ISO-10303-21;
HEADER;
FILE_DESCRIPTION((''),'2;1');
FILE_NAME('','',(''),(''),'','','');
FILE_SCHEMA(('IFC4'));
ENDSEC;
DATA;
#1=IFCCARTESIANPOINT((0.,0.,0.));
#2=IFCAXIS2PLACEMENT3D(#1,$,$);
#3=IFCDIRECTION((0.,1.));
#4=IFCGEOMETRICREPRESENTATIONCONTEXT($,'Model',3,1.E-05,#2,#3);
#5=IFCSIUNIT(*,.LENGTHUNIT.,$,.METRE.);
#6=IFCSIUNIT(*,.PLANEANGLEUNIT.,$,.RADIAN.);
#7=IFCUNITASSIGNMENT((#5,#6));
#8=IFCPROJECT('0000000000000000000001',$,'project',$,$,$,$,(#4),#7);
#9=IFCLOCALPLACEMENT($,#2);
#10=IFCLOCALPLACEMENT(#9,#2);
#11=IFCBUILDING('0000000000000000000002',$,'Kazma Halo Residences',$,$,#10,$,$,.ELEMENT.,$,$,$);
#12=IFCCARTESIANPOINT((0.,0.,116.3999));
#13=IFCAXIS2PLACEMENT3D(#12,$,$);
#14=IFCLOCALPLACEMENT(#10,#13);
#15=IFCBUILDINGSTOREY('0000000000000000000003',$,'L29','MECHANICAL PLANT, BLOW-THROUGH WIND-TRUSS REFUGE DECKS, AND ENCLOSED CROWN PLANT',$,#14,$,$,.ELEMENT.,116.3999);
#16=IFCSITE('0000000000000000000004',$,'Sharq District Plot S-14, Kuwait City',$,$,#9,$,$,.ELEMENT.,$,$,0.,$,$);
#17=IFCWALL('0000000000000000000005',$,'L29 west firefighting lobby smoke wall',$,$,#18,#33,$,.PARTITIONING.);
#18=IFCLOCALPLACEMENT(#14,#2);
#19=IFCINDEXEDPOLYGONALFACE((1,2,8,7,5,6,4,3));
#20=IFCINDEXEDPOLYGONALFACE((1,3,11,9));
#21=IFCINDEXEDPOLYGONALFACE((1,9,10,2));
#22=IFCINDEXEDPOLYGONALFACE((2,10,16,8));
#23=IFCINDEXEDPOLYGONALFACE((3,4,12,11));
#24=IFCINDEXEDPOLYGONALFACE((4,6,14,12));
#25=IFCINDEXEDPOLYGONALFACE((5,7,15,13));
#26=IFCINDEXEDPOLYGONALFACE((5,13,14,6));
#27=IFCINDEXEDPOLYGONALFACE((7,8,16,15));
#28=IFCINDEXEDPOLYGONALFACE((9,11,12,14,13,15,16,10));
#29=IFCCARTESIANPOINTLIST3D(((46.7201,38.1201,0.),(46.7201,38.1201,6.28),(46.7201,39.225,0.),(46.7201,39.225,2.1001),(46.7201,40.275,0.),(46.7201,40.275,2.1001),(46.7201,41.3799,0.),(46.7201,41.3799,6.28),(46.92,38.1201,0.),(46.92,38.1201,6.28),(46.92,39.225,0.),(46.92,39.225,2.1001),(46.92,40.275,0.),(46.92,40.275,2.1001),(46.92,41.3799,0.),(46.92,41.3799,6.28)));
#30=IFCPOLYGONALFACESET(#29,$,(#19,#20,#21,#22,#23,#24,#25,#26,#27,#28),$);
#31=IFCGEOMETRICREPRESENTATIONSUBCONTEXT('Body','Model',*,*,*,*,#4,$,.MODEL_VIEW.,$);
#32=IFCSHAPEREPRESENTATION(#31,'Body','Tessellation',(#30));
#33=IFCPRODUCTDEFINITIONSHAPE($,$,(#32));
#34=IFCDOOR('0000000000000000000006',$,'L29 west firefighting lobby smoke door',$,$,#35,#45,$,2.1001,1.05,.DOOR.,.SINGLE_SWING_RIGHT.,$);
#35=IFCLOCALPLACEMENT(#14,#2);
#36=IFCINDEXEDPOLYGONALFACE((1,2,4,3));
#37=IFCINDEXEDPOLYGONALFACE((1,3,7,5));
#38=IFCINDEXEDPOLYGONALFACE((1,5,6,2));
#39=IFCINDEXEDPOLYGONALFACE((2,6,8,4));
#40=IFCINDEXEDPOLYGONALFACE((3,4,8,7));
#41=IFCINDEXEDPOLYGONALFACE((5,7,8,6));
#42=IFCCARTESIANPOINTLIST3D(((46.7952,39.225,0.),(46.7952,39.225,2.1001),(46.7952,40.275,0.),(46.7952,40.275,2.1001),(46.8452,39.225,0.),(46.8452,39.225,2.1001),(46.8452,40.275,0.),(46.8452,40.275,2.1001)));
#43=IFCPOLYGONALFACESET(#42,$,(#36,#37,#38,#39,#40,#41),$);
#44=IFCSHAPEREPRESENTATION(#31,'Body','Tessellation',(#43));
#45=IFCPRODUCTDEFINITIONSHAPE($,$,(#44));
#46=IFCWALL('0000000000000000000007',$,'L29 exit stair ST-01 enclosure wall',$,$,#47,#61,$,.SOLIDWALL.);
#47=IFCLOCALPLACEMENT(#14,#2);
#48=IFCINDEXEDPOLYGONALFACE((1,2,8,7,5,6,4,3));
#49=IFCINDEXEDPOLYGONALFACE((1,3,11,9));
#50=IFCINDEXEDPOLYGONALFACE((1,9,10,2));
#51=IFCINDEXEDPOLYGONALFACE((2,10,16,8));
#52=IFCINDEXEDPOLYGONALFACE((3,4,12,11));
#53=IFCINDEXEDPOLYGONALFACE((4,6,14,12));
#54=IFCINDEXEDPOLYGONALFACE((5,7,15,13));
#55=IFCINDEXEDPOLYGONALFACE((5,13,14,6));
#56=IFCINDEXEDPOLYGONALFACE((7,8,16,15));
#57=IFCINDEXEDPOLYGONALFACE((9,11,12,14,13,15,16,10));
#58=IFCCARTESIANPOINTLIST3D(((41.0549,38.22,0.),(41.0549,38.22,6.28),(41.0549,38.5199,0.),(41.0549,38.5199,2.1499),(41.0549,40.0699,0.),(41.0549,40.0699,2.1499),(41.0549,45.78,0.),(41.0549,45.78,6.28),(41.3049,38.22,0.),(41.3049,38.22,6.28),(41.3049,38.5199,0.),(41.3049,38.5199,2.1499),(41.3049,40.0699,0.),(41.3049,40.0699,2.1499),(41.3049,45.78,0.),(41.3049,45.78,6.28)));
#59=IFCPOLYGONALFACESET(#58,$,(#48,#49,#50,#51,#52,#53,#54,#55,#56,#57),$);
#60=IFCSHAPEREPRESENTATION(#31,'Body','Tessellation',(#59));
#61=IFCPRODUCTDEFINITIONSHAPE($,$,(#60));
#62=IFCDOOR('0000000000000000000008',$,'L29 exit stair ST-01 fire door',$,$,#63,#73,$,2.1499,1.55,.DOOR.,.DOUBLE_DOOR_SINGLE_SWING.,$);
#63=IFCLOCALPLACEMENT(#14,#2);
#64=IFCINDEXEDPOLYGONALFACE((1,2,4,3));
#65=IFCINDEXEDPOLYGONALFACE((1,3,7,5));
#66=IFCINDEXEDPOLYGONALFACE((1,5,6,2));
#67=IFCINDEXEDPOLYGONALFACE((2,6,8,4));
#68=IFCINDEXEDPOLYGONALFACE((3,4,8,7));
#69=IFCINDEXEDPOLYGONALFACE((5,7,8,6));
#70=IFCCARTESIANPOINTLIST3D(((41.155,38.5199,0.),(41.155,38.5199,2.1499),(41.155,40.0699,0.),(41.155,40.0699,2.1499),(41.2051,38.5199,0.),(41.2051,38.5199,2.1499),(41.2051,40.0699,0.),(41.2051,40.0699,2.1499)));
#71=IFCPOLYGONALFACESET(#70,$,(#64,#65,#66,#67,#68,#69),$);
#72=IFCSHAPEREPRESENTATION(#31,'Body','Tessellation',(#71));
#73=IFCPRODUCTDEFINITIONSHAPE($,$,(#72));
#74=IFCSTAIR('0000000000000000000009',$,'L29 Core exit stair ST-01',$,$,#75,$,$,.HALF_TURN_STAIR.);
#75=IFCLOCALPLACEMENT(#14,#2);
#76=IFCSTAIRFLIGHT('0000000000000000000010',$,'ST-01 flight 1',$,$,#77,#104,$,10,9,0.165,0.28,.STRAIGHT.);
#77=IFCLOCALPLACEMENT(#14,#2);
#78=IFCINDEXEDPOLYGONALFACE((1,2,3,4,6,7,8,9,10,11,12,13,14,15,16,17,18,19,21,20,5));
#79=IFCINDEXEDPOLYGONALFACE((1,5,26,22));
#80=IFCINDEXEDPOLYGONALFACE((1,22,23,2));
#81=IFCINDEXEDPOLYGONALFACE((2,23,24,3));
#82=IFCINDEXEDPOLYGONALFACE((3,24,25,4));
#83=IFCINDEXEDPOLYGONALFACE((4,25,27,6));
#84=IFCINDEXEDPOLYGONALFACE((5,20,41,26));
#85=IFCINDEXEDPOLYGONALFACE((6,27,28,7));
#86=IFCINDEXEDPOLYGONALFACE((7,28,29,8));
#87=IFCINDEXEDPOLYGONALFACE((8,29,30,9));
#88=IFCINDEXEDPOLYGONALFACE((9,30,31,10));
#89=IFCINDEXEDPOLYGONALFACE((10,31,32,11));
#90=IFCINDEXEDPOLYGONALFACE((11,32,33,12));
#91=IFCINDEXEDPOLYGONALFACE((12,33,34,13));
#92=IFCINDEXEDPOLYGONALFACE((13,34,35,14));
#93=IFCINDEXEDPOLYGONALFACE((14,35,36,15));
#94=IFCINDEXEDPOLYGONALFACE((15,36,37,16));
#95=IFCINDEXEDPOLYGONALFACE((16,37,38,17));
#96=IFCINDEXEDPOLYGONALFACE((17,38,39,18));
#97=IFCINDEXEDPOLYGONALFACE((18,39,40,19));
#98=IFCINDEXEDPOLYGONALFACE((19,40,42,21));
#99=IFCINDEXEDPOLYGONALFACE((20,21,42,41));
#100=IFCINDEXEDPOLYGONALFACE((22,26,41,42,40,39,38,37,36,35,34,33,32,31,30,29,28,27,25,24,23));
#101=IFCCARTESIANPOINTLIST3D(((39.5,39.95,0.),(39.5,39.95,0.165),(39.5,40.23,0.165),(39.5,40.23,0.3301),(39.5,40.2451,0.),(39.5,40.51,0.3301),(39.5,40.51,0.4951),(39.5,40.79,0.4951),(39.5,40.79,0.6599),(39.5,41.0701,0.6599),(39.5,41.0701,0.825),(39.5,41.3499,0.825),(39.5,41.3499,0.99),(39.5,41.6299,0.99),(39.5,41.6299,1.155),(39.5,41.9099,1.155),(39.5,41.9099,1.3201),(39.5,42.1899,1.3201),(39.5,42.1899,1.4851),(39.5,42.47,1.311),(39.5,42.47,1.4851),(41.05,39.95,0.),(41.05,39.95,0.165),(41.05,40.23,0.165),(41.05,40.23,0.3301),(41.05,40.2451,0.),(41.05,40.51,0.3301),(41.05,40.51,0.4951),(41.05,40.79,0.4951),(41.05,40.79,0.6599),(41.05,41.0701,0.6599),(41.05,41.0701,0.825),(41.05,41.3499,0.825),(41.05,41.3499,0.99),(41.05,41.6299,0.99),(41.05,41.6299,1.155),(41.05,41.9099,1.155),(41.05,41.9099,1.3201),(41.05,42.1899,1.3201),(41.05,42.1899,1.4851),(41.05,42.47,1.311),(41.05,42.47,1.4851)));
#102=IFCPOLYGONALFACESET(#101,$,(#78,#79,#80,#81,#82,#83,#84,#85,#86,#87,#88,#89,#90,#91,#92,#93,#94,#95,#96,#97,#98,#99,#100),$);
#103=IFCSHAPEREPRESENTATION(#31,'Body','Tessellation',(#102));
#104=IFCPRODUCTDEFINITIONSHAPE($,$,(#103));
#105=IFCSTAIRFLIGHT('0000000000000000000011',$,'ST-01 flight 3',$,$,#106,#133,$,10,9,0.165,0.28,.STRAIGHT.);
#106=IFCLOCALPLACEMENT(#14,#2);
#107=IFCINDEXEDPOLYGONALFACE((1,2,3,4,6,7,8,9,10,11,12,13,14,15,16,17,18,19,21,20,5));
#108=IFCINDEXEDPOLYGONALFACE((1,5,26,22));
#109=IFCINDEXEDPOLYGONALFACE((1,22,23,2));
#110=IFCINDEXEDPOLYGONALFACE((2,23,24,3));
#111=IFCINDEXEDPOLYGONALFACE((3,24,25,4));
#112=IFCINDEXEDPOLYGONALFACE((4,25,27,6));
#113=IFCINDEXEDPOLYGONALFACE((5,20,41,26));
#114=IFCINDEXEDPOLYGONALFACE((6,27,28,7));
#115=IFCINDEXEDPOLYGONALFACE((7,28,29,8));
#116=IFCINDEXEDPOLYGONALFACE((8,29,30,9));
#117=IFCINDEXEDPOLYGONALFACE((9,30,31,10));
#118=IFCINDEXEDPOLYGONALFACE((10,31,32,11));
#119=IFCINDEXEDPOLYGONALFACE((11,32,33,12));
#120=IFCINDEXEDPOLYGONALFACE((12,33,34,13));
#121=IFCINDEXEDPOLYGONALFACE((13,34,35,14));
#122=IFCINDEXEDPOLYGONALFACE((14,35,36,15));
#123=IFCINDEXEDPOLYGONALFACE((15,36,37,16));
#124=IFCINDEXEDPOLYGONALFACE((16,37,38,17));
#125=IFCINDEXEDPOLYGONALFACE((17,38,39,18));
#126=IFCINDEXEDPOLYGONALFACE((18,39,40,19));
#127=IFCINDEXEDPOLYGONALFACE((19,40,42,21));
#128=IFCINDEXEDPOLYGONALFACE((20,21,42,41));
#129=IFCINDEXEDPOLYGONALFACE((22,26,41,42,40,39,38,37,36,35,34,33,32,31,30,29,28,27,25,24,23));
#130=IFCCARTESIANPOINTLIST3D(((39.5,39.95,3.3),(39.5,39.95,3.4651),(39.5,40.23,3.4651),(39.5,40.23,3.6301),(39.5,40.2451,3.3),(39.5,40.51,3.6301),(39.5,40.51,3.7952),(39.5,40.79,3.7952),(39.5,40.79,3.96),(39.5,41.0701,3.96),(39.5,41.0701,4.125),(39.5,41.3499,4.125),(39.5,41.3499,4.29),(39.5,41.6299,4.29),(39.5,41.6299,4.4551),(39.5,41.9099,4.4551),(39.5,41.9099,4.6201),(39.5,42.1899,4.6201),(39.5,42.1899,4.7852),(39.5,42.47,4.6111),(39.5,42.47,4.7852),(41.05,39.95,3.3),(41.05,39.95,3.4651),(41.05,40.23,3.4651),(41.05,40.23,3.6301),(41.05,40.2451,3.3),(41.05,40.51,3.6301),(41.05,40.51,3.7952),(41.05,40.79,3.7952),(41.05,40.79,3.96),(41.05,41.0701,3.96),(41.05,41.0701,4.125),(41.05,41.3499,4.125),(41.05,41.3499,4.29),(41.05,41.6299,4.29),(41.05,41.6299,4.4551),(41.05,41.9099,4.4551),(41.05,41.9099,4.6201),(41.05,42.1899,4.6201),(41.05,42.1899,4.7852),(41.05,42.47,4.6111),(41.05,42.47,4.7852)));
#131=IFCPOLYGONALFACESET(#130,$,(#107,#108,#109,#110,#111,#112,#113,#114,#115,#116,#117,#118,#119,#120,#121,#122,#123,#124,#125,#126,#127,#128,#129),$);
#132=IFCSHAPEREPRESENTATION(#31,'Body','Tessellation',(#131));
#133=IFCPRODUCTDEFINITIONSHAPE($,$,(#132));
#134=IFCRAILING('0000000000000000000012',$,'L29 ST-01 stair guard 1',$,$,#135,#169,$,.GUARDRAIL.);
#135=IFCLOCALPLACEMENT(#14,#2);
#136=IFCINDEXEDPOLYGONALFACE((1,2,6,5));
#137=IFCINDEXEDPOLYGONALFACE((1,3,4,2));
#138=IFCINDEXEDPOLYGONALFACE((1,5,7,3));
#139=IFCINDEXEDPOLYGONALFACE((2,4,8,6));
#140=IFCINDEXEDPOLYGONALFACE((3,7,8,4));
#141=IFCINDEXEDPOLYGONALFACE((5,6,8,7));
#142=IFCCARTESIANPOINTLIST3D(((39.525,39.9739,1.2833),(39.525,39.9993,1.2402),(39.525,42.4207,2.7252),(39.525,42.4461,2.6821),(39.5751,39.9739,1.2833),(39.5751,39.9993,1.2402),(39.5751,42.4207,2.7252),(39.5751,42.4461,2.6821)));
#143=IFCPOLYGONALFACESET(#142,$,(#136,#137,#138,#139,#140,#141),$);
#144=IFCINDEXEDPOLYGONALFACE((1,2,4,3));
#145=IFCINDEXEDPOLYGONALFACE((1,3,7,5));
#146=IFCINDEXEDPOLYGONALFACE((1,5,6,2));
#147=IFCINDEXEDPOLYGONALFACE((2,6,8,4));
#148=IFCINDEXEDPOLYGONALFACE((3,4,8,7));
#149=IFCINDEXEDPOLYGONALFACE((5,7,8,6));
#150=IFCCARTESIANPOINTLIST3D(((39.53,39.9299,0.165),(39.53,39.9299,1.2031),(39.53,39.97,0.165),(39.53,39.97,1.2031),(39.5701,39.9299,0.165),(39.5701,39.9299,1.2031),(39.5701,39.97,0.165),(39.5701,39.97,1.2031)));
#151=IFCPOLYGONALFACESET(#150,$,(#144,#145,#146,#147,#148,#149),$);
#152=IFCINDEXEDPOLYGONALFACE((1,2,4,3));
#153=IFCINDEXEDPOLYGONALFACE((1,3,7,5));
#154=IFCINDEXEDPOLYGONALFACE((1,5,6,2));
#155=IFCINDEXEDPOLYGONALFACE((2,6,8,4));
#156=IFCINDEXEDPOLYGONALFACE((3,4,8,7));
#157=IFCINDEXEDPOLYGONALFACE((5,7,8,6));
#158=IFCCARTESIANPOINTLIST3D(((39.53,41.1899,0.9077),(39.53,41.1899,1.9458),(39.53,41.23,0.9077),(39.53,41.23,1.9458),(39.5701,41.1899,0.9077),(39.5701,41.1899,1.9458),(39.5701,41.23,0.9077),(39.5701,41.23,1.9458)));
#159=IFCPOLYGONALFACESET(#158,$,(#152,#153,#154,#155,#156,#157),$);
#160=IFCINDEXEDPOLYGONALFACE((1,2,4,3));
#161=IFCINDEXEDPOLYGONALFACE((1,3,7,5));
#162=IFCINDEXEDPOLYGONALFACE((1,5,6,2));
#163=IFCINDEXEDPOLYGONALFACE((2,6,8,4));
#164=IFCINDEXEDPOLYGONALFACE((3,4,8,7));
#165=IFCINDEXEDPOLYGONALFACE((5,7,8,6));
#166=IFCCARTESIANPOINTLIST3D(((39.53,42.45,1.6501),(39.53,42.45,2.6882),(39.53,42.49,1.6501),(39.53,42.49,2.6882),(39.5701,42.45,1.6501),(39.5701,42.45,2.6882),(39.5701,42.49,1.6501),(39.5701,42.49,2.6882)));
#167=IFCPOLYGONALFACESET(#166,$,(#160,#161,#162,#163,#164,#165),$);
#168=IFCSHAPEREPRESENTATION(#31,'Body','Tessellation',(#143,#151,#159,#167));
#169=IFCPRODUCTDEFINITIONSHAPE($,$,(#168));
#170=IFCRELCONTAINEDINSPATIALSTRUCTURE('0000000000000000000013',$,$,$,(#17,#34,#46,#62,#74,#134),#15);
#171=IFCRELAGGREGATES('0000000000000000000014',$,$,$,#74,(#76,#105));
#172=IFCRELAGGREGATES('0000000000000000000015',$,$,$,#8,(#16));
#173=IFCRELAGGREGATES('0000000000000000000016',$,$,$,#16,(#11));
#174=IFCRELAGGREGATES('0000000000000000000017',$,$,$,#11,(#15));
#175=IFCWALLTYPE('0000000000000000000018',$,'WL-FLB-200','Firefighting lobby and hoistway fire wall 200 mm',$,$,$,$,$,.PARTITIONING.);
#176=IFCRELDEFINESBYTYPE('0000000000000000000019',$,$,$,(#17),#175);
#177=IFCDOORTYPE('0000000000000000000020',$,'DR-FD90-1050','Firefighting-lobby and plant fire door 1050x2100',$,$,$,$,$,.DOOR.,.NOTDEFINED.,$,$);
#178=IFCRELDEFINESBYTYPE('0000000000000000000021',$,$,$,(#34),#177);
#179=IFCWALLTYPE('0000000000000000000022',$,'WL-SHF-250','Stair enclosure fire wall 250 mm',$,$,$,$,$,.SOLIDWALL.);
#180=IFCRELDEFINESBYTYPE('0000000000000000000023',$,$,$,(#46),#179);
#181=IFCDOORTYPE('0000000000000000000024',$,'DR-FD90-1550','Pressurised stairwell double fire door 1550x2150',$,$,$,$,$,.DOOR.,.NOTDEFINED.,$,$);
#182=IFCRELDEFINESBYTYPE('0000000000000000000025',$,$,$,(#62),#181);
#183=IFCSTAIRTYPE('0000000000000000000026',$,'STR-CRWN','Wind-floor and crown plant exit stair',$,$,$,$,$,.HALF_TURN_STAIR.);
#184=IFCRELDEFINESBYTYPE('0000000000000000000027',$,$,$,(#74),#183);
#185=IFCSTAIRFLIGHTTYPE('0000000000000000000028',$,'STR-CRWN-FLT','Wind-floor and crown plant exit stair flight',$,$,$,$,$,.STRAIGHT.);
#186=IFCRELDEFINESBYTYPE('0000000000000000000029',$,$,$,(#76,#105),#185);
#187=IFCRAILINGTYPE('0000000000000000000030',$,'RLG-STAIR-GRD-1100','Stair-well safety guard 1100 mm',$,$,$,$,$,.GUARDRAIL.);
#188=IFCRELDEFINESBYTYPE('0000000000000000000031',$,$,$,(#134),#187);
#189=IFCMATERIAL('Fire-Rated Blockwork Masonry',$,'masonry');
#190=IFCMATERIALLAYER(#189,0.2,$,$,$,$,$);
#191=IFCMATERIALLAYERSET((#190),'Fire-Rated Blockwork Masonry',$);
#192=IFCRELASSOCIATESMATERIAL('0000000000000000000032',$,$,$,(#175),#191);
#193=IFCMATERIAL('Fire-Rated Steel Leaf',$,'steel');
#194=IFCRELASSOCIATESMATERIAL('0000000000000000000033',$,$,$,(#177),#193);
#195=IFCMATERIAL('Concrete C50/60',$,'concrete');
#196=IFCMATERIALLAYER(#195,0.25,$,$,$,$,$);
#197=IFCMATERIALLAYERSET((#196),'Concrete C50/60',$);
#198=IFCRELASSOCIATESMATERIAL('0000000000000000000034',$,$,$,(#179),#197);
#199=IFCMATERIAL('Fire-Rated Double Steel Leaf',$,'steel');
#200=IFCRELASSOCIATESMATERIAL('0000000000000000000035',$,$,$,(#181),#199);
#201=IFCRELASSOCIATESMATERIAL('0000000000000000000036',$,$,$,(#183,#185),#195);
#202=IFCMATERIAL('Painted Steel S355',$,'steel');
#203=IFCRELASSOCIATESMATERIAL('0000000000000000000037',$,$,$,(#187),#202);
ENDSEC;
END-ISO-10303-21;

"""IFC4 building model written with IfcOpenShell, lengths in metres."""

from ifc_helpers import new_model, si_unit, direction, frame, frame_2d, origin, origin_2d, place, context, subcontext, project, spatial, polyline, rectangle, outline, extrude, material, layer, layer_set, type_object, element, fill, aggregate, save


model = new_model("IFC4")

# Units and contexts
model_context = context("Model", 3, precision=1e-05, world=origin(), true_north=direction((0.0, 1.0)))
body_context = subcontext(model_context, "Body", "Model", "MODEL_VIEW")
ifc_project = project(units=[si_unit("LENGTHUNIT", "METRE"), si_unit("PLANEANGLEUNIT", "RADIAN")], contexts=[model_context])

# Site, building, storey
site_placement = place(None, origin())
site = spatial("IfcSite", under=ifc_project, at=site_placement, Name="Sharq District Plot S-14, Kuwait City", CompositionType="ELEMENT", RefElevation=0.0)
building_placement = place(site_placement, origin())
building = spatial("IfcBuilding", under=site, at=building_placement, Name="Kazma Halo Residences", CompositionType="ELEMENT")
storey_placement = place(building_placement, frame((0.0, 0.0, 116.3999)))
storey = spatial("IfcBuildingStorey", under=building, at=storey_placement, Name="L29", Description="MECHANICAL PLANT, BLOW-THROUGH WIND-TRUSS REFUGE DECKS, AND ENCLOSED CROWN PLANT", CompositionType="ELEMENT", Elevation=116.3999)

# Shared definitions
ifc_material_1 = material(Name="Fire-Rated Blockwork Masonry", Category="masonry")
ifc_layer_1 = layer(ifc_material_1, 0.2)
ifc_layer_set_1 = layer_set([ifc_layer_1], Name="Fire-Rated Blockwork Masonry")
wall_type_1 = type_object("IfcWallType", Name="WL-FLB-200", Description="Firefighting lobby and hoistway fire wall 200 mm", PredefinedType="PARTITIONING", material=ifc_layer_set_1)

# Walls, openings, doors
wall_1_placement = place(storey_placement, frame((46.8201, 38.1201, 0.0), z_axis=(0.0, 0.0, 1.0), x_axis=(0.0, 1.0, 0.0)))
wall_1 = element("IfcWall", 1, at=wall_1_placement, inside=storey, type_object=wall_type_1, Name="L29 west firefighting lobby smoke wall", PredefinedType="PARTITIONING", context=body_context, shape_type="SweptSolid", body=[
    extrude(rectangle(XDim=3.2598, YDim=0.2, at=frame_2d((1.6299, 0.0))), origin(), (0.0, 0.0, 1.0), 6.28),
])
opening_1_placement = place(wall_1_placement, frame((1.105, 0.0, 0.0)))
opening_1 = element("IfcOpeningElement", 2, at=opening_1_placement, cuts=wall_1, PredefinedType="OPENING", context=body_context, shape_type="SweptSolid", body=[
    extrude(rectangle(XDim=1.05, YDim=2.1001, at=frame_2d((0.5249, 1.05))), frame((0.0, 0.1099, 0.0), z_axis=(0.0, -1.0, 0.0), x_axis=(1.0, 0.0, 0.0)), (0.0, 0.0, 1.0), 0.22),
])
ifc_material_2 = material(Name="Fire-Rated Steel Leaf", Category="steel")
door_type_1 = type_object("IfcDoorType", Name="DR-FD90-1050", Description="Firefighting-lobby and plant fire door 1050x2100", OperationType="NOTDEFINED", PredefinedType="DOOR", material=ifc_material_2)
door_1_placement = place(opening_1_placement, origin())
door_1 = element("IfcDoor", 3, at=door_1_placement, inside=storey, type_object=door_type_1, Name="L29 west firefighting lobby smoke door", OperationType="SINGLE_SWING_RIGHT", OverallHeight=2.1001, OverallWidth=1.05, PredefinedType="DOOR", context=body_context, shape_type="SweptSolid", body=[
    extrude(rectangle(XDim=1.05, YDim=2.1001, at=frame_2d((0.5249, 1.05))), frame((0.0, 0.0249, 0.0), z_axis=(0.0, -1.0, 0.0), x_axis=(1.0, 0.0, 0.0)), (0.0, 0.0, 1.0), 0.05),
])
fill(opening_1, door_1)
ifc_material_3 = material(Name="Concrete C50/60", Category="concrete")
ifc_layer_2 = layer(ifc_material_3, 0.25)
ifc_layer_set_2 = layer_set([ifc_layer_2], Name="Concrete C50/60")
wall_type_2 = type_object("IfcWallType", Name="WL-SHF-250", Description="Stair enclosure fire wall 250 mm", PredefinedType="SOLIDWALL", material=ifc_layer_set_2)
wall_2_placement = place(storey_placement, frame((41.1799, 38.22, 0.0), z_axis=(0.0, 0.0, 1.0), x_axis=(0.0, 1.0, 0.0)))
wall_2 = element("IfcWall", 4, at=wall_2_placement, inside=storey, type_object=wall_type_2, Name="L29 exit stair ST-01 enclosure wall", PredefinedType="SOLIDWALL", context=body_context, shape_type="SweptSolid", body=[
    extrude(rectangle(XDim=7.5601, YDim=0.25, at=frame_2d((3.78, 0.0))), origin(), (0.0, 0.0, 1.0), 6.28),
])
opening_2_placement = place(wall_2_placement, frame((0.3, 0.0, 0.0)))
opening_2 = element("IfcOpeningElement", 5, at=opening_2_placement, cuts=wall_2, PredefinedType="OPENING", context=body_context, shape_type="SweptSolid", body=[
    extrude(rectangle(XDim=1.55, YDim=2.1499, at=frame_2d((0.7749, 1.075))), frame((0.0, 0.135, 0.0), z_axis=(0.0, -1.0, 0.0), x_axis=(1.0, 0.0, 0.0)), (0.0, 0.0, 1.0), 0.27),
])
ifc_material_4 = material(Name="Fire-Rated Double Steel Leaf", Category="steel")
door_type_2 = type_object("IfcDoorType", Name="DR-FD90-1550", Description="Pressurised stairwell double fire door 1550x2150", OperationType="NOTDEFINED", PredefinedType="DOOR", material=ifc_material_4)
door_2_placement = place(opening_2_placement, origin())
door_2 = element("IfcDoor", 6, at=door_2_placement, inside=storey, type_object=door_type_2, Name="L29 exit stair ST-01 fire door", OperationType="DOUBLE_DOOR_SINGLE_SWING", OverallHeight=2.1499, OverallWidth=1.55, PredefinedType="DOOR", context=body_context, shape_type="SweptSolid", body=[
    extrude(rectangle(XDim=1.55, YDim=2.1499, at=frame_2d((0.7749, 1.075))), frame((0.0, 0.0249, 0.0), z_axis=(0.0, -1.0, 0.0), x_axis=(1.0, 0.0, 0.0)), (0.0, 0.0, 1.0), 0.05),
])
fill(opening_2, door_2)

# Stair, stair flights
stair_type = type_object("IfcStairType", Name="STR-CRWN", Description="Wind-floor and crown plant exit stair", PredefinedType="HALF_TURN_STAIR", material=ifc_material_3)
stair_placement = place(storey_placement, origin())
stair = element("IfcStair", 7, at=stair_placement, inside=storey, type_object=stair_type, Name="L29 Core exit stair ST-01", PredefinedType="HALF_TURN_STAIR")
stair_flight_type = type_object("IfcStairFlightType", Name="STR-CRWN-FLT", Description="Wind-floor and crown plant exit stair flight", PredefinedType="STRAIGHT", material=ifc_material_3)
stair_flight_1_placement = place(storey_placement, frame((40.2749, 39.95, 0.0), z_axis=(0.0, 0.0, 1.0), x_axis=(0.0, 1.0, 0.0)))
stair_flight_1 = element("IfcStairFlight", 8, at=stair_flight_1_placement, type_object=stair_flight_type, Name="ST-01 flight 1", NumberOfRisers=10, NumberOfTreads=9, PredefinedType="STRAIGHT", RiserHeight=0.165, TreadLength=0.28, context=body_context, shape_type="SweptSolid", body=[
    extrude(outline(polyline([(0.0, 0.0), (0.0, 0.165), (0.28, 0.165), (0.28, 0.3301), (0.5601, 0.3301), (0.5601, 0.4951), (0.8401, 0.4951), (0.8401, 0.6599), (1.1201, 0.6599), (1.1201, 0.825), (1.3999, 0.825), (1.3999, 0.99), (1.6799, 0.99), (1.6799, 1.155), (1.96, 1.155), (1.96, 1.3201), (2.24, 1.3201), (2.24, 1.4851), (2.52, 1.4851), (2.52, 1.6499), (2.52, 1.311), (0.2952, 0.0), (0.0, 0.0)])), frame((0.0, 0.7749, 0.0), z_axis=(0.0, -1.0, 0.0), x_axis=(1.0, 0.0, 0.0)), (0.0, 0.0, 1.0), 1.55),
])
stair_flight_2_placement = place(storey_placement, frame((40.2749, 39.95, 3.3), z_axis=(0.0, 0.0, 1.0), x_axis=(0.0, 1.0, 0.0)))
stair_flight_2 = element("IfcStairFlight", 9, at=stair_flight_2_placement, type_object=stair_flight_type, Name="ST-01 flight 3", NumberOfRisers=10, NumberOfTreads=9, PredefinedType="STRAIGHT", RiserHeight=0.165, TreadLength=0.28, context=body_context, shape_type="SweptSolid", body=[
    extrude(outline(polyline([(0.0, 0.0), (0.0, 0.165), (0.28, 0.165), (0.28, 0.3301), (0.5601, 0.3301), (0.5601, 0.4951), (0.8401, 0.4951), (0.8401, 0.6599), (1.1201, 0.6599), (1.1201, 0.825), (1.3999, 0.825), (1.3999, 0.99), (1.6799, 0.99), (1.6799, 1.155), (1.96, 1.155), (1.96, 1.3201), (2.24, 1.3201), (2.24, 1.4851), (2.52, 1.4851), (2.52, 1.6499), (2.52, 1.311), (0.2952, 0.0), (0.0, 0.0)])), frame((0.0, 0.7749, 0.0), z_axis=(0.0, -1.0, 0.0), x_axis=(1.0, 0.0, 0.0)), (0.0, 0.0, 1.0), 1.55),
])
aggregate(stair, [stair_flight_1, stair_flight_2])

# Railing
ifc_material_5 = material(Name="Painted Steel S355", Category="steel")
railing_type_1 = type_object("IfcRailingType", Name="RLG-STAIR-GRD-1100", Description="Stair-well safety guard 1100 mm", PredefinedType="GUARDRAIL", material=ifc_material_5)
railing_1_placement = place(storey_placement, frame((39.55, 39.95, 0.165)))
element("IfcRailing", 10, at=railing_1_placement, inside=storey, type_object=railing_type_1, Name="L29 ST-01 stair guard 1", PredefinedType="GUARDRAIL", context=body_context, shape_type="SweptSolid", body=[
    extrude(rectangle(XDim=0.05, YDim=0.05, at=origin_2d()), frame((0.0, 0.0366, 1.0967), z_axis=(0.0, 0.861524, 0.507717), x_axis=(-1.0, 0.0, 0.0)), (0.0, 0.0, 1.0), 2.8401),
    extrude(rectangle(XDim=0.04, YDim=0.04, at=origin_2d()), origin(), (0.0, 0.0, 1.0), 1.0381),
    extrude(rectangle(XDim=0.04, YDim=0.04, at=origin_2d()), frame((0.0, 1.26, 0.7427)), (0.0, 0.0, 1.0), 1.0381),
    extrude(rectangle(XDim=0.04, YDim=0.04, at=origin_2d()), frame((0.0, 2.52, 1.4851)), (0.0, 0.0, 1.0), 1.0381),
])

save(model, "model.ifc")
